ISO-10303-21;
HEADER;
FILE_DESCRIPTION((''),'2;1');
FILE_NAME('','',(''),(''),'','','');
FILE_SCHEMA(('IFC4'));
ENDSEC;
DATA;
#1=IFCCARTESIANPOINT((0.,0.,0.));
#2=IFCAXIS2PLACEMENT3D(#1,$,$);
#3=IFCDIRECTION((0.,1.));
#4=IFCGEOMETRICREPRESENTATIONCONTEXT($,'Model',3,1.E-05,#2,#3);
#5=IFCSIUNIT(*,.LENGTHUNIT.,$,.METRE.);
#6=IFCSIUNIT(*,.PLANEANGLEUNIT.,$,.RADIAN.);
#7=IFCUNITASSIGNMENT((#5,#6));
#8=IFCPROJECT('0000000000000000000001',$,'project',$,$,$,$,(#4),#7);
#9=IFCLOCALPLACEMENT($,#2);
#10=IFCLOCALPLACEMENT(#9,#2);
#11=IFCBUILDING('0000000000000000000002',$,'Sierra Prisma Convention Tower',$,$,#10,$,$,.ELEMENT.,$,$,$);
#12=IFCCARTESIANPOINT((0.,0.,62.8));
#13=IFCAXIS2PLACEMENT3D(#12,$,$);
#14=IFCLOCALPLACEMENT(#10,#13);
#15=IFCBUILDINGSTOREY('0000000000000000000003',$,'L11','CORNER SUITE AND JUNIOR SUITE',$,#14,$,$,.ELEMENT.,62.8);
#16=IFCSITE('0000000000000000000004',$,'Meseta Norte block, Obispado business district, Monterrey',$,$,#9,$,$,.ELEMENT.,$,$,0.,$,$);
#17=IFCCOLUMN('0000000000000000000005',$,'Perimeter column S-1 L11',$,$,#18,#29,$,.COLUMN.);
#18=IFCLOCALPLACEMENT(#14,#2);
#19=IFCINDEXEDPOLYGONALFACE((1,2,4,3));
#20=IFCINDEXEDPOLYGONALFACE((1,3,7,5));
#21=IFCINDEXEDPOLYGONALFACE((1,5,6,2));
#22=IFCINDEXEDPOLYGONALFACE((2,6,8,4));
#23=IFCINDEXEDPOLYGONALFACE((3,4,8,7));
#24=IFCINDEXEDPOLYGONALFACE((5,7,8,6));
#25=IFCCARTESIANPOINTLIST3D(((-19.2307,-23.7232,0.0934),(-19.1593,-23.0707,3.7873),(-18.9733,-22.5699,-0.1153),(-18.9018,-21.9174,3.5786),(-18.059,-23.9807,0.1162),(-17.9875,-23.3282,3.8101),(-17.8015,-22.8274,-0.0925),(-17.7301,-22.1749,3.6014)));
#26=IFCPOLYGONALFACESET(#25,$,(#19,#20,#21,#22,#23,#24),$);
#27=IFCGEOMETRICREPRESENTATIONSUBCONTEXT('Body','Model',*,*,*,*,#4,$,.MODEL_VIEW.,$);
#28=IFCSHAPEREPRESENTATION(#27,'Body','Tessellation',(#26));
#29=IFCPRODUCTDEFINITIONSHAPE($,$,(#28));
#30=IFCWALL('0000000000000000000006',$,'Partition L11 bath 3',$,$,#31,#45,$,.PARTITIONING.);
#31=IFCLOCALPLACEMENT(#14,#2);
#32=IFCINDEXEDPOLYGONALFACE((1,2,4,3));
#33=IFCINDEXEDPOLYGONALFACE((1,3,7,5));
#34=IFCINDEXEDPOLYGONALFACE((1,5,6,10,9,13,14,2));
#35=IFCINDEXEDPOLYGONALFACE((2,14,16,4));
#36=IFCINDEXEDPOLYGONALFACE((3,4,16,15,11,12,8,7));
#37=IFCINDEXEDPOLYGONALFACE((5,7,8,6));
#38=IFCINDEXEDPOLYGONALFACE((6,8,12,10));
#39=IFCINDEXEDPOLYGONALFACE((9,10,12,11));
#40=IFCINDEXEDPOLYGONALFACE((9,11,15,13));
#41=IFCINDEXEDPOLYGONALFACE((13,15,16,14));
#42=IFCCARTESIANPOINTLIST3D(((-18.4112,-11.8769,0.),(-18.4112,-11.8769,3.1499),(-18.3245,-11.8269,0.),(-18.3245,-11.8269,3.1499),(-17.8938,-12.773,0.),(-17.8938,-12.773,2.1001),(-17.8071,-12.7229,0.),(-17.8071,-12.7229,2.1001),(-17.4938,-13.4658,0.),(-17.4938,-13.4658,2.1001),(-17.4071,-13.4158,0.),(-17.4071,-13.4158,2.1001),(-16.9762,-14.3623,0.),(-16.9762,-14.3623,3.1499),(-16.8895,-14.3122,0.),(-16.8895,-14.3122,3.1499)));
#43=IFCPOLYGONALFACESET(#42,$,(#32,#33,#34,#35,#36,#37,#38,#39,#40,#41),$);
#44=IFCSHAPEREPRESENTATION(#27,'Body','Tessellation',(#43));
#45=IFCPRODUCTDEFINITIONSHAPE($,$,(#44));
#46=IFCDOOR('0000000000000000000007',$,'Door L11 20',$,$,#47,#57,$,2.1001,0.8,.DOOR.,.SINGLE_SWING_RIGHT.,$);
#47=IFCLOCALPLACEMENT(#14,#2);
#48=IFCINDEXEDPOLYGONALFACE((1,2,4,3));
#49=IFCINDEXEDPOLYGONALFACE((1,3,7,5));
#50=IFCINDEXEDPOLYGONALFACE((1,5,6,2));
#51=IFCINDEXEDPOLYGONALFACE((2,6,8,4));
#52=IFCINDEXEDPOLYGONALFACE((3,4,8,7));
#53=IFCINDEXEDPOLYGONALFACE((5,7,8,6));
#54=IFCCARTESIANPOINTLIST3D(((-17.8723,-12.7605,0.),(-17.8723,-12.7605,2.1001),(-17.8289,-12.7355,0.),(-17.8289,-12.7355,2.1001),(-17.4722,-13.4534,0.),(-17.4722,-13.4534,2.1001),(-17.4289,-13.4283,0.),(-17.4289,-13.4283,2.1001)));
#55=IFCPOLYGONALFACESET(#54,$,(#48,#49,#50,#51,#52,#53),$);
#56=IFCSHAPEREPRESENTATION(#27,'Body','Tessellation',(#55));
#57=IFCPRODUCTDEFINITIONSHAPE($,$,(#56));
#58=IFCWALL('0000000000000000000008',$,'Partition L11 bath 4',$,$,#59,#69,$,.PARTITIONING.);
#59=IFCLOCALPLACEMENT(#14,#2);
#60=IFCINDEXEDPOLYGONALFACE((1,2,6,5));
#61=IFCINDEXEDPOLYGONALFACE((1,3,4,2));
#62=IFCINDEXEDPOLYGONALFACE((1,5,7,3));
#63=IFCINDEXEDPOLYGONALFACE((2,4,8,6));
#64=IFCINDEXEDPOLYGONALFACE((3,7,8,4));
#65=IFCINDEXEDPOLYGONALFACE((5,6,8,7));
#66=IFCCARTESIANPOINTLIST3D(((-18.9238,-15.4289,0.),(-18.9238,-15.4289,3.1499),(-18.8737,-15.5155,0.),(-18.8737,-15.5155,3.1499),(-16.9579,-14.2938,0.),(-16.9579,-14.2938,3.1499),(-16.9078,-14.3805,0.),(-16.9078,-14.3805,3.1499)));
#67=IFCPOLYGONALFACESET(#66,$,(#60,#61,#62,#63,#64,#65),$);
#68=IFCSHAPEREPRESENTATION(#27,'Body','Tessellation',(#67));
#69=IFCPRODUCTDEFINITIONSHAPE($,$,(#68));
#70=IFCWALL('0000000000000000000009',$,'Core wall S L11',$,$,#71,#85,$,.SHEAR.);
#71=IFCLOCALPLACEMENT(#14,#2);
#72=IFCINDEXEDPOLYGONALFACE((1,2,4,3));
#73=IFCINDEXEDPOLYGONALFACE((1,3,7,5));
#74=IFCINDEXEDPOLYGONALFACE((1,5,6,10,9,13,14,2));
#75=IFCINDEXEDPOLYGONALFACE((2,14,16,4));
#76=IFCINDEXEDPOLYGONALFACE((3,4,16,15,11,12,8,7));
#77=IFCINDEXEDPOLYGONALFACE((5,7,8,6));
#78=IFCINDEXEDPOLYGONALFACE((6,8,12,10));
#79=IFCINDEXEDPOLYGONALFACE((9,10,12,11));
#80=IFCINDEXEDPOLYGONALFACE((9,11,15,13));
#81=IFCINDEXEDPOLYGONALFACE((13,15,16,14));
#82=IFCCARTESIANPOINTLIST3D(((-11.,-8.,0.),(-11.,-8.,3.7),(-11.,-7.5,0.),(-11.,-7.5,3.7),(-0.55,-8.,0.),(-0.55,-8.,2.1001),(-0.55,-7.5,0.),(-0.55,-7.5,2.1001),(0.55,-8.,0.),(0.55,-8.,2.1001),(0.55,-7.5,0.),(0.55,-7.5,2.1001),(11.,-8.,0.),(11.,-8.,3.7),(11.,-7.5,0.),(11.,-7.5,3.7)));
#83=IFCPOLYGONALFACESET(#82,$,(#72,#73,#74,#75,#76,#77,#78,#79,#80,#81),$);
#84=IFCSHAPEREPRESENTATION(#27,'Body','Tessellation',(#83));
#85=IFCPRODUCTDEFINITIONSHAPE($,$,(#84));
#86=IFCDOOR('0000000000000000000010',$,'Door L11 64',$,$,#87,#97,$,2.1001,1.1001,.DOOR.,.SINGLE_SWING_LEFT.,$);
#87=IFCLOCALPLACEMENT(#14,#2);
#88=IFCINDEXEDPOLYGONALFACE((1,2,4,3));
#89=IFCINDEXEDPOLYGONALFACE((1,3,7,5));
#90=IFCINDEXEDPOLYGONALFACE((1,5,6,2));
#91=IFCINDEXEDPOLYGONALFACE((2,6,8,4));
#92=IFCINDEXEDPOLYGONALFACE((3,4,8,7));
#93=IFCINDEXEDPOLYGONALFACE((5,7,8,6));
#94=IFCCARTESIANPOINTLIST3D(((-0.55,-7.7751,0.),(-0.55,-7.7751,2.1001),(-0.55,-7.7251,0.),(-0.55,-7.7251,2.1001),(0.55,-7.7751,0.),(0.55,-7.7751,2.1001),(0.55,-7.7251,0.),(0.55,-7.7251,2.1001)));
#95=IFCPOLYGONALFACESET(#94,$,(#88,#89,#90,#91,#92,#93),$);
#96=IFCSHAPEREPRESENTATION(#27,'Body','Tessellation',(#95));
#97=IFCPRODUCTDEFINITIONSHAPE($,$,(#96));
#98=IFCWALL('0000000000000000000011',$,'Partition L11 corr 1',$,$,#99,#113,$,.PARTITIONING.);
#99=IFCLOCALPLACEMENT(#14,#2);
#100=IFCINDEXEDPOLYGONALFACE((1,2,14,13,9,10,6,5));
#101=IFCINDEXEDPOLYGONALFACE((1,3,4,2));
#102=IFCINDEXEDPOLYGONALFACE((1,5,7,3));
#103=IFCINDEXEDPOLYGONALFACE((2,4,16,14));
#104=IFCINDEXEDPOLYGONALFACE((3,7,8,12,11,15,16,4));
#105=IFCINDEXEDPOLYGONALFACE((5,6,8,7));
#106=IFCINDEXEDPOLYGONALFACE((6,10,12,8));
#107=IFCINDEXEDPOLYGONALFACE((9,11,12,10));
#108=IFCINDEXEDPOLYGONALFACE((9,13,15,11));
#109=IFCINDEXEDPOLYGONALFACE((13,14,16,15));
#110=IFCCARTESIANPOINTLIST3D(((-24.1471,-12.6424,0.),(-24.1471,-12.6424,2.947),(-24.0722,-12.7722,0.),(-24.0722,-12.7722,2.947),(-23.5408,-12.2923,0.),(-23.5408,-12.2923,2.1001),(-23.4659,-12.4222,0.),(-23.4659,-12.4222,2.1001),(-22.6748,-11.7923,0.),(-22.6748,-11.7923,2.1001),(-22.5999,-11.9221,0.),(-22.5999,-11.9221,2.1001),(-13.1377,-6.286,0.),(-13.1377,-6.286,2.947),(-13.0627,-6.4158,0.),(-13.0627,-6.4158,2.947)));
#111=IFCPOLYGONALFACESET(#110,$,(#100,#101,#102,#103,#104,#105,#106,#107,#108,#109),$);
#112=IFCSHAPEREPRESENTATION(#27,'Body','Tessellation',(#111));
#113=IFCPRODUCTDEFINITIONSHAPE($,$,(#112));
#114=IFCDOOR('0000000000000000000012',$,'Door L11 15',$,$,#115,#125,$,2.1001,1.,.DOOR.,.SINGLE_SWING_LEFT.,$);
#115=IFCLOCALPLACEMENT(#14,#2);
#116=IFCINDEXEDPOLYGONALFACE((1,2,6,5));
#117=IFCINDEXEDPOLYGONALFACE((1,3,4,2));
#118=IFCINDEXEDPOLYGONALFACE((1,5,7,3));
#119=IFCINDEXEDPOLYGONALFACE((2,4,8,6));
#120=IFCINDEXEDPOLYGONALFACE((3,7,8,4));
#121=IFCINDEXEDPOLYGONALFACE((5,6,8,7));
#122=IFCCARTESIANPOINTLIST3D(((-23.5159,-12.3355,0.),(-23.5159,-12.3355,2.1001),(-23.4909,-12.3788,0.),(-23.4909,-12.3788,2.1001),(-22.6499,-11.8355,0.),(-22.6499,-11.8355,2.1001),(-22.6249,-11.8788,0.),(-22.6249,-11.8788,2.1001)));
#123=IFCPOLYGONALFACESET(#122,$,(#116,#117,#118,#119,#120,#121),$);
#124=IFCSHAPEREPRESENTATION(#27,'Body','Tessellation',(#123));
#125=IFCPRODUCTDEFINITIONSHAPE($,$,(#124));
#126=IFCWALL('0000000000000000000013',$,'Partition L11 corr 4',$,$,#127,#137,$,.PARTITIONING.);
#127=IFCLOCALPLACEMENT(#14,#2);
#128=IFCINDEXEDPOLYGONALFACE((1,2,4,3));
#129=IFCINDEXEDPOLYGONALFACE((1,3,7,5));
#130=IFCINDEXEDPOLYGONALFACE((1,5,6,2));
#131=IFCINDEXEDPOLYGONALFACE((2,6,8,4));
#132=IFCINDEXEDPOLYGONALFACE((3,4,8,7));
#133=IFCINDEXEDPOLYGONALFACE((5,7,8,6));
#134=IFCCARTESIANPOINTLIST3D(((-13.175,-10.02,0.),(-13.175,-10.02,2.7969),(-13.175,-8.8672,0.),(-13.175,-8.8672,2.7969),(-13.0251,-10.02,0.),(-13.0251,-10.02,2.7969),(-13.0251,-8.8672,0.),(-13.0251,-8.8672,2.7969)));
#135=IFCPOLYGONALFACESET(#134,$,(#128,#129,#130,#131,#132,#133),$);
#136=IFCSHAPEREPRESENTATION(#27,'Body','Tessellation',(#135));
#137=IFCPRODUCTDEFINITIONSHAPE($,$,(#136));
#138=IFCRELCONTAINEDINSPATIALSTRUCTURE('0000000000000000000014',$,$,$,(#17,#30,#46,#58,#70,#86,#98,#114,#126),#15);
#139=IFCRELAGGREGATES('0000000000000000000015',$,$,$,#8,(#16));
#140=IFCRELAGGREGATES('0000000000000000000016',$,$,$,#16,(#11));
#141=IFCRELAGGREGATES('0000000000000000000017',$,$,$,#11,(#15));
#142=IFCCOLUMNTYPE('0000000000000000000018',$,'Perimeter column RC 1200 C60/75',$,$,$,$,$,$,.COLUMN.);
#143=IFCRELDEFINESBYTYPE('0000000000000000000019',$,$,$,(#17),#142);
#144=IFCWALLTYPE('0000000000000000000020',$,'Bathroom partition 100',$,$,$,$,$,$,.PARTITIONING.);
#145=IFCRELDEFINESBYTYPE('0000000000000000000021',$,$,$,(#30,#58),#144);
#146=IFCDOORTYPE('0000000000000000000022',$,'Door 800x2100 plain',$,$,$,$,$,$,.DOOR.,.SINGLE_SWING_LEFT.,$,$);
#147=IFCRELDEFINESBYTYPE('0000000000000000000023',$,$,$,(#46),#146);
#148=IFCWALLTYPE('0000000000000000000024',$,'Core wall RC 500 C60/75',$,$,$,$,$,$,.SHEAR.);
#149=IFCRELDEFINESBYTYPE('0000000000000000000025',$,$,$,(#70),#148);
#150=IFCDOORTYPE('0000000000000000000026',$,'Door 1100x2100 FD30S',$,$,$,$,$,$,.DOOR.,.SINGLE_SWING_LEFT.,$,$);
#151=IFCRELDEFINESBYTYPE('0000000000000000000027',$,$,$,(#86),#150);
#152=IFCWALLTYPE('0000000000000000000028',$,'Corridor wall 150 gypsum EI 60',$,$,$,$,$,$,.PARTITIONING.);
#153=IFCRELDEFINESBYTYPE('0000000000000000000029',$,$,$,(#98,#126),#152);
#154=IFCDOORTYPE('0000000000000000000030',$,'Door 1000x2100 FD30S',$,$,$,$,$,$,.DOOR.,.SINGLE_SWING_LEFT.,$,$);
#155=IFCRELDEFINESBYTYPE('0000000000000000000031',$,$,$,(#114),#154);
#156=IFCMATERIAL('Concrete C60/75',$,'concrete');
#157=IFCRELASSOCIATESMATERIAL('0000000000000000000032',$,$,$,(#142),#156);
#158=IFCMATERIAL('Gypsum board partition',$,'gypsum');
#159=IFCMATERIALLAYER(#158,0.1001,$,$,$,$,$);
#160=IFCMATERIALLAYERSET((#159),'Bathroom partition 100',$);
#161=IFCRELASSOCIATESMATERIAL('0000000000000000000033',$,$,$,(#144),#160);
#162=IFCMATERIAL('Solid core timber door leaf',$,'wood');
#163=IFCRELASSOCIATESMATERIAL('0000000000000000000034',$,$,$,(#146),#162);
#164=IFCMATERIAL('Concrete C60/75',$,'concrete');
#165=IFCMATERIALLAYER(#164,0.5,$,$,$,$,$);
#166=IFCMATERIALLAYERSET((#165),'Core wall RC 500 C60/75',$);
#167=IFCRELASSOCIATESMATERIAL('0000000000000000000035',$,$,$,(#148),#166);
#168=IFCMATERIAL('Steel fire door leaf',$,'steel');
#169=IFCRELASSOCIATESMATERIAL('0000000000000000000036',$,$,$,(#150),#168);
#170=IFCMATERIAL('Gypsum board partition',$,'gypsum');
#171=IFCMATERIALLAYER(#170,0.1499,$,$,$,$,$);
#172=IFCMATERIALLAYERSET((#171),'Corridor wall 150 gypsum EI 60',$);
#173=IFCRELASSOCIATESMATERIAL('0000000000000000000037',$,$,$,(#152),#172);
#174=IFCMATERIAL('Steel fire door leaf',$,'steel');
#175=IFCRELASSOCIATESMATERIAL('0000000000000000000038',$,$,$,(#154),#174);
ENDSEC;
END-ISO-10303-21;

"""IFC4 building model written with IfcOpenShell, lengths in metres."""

from ifc_helpers import new_model, si_unit, direction, frame, frame_2d, origin, origin_2d, place, context, subcontext, project, spatial, rectangle, extrude, clip, halfspace, material, layer, layer_set, material_profile, profile_set, type_object, element, fill, save


model = new_model("IFC4")

# Units and contexts
model_context = context("Model", 3, precision=1e-05, world=origin(), true_north=direction((0.0, 1.0)))
body_context = subcontext(model_context, "Body", "Model", "MODEL_VIEW")
ifc_project = project(units=[si_unit("LENGTHUNIT", "METRE"), si_unit("PLANEANGLEUNIT", "RADIAN")], contexts=[model_context])

# Site, building, storey
site_placement = place(None, origin())
site = spatial("IfcSite", under=ifc_project, at=site_placement, Name="Meseta Norte block, Obispado business district, Monterrey", CompositionType="ELEMENT", RefElevation=0.0)
building_placement = place(site_placement, origin())
building = spatial("IfcBuilding", under=site, at=building_placement, Name="Sierra Prisma Convention Tower", CompositionType="ELEMENT")
storey_placement = place(building_placement, frame((0.0, 0.0, 62.8)))
storey = spatial("IfcBuildingStorey", under=building, at=storey_placement, Name="L11", Description="CORNER SUITE AND JUNIOR SUITE", CompositionType="ELEMENT", Elevation=62.8)

# Column
ifc_material_1 = material(Name="Concrete C60/75", Category="concrete")
ifc_material_profile = material_profile(ifc_material_1, rectangle(XDim=1.2, YDim=1.2, at=origin_2d()), Name="Perimeter column RC 1200 C60/75")
ifc_profile_set = profile_set([ifc_material_profile], Name="Concrete C60/75")
column_type = type_object("IfcColumnType", Name="Perimeter column RC 1200 C60/75", PredefinedType="COLUMN", material=ifc_profile_set)
column_placement = place(storey_placement, frame((-18.5161, -23.2754, 0.0), z_axis=(0.019035, 0.173917, 0.984576), x_axis=(-0.976522, 0.214578, -0.019024)))
element("IfcColumn", 1, at=column_placement, inside=storey, type_object=column_type, Name="Perimeter column S-1 L11", PredefinedType="COLUMN", context=body_context, shape_type="SweptSolid", body=[
    clip(clip(extrude(rectangle(XDim=1.2, YDim=1.2, at=origin_2d()), origin(), (0.0, 0.0, 1.0), 3.7578), halfspace(frame((0.0, 0.0, 0.0005)), True)), halfspace(frame((0.0, 0.0, 3.7522)), False)),
])

# Wall, opening, door
ifc_material_2 = material(Name="Gypsum board partition", Category="gypsum")
ifc_layer_1 = layer(ifc_material_2, 0.1001)
ifc_layer_set_1 = layer_set([ifc_layer_1], Name="Bathroom partition 100")
wall_type_1 = type_object("IfcWallType", Name="Bathroom partition 100", PredefinedType="PARTITIONING", material=ifc_layer_set_1)
wall_1_placement = place(storey_placement, frame((-18.3679, -11.8518, 0.0), z_axis=(0.0, 0.0, 1.0), x_axis=(0.500037, -0.866004, 0.0)))
wall_1 = element("IfcWall", 2, at=wall_1_placement, inside=storey, type_object=wall_type_1, Name="Partition L11 bath 3", PredefinedType="PARTITIONING", context=body_context, shape_type="SweptSolid", body=[
    extrude(rectangle(XDim=2.8699, YDim=0.1001, at=frame_2d((1.4351, 0.0))), origin(), (0.0, 0.0, 1.0), 3.1499),
])
opening_1_placement = place(wall_1_placement, frame((1.0349, 0.0, 0.0)))
opening_1 = element("IfcOpeningElement", 3, at=opening_1_placement, cuts=wall_1, PredefinedType="OPENING", context=body_context, shape_type="SweptSolid", body=[
    extrude(rectangle(XDim=0.8, YDim=2.1001, at=frame_2d((0.3999, 1.05))), frame((0.0, 0.05, 0.0), z_axis=(0.0, -1.0, 0.0), x_axis=(1.0, 0.0, 0.0)), (0.0, 0.0, 1.0), 0.1001),
])
ifc_material_3 = material(Name="Solid core timber door leaf", Category="wood")
door_type_1 = type_object("IfcDoorType", Name="Door 800x2100 plain", OperationType="SINGLE_SWING_LEFT", PredefinedType="DOOR", material=ifc_material_3)
door_1_placement = place(opening_1_placement, origin())
door_1 = element("IfcDoor", 4, at=door_1_placement, inside=storey, type_object=door_type_1, Name="Door L11 20", OperationType="SINGLE_SWING_RIGHT", OverallHeight=2.1001, OverallWidth=0.8, PredefinedType="DOOR", context=body_context, shape_type="SweptSolid", body=[
    extrude(rectangle(XDim=0.8, YDim=2.1001, at=frame_2d((0.3999, 1.05))), frame((0.0, 0.0249, 0.0), z_axis=(0.0, -1.0, 0.0), x_axis=(1.0, 0.0, 0.0)), (0.0, 0.0, 1.0), 0.05),
])
fill(opening_1, door_1)

# Wall
wall_2_placement = place(storey_placement, frame((-16.9329, -14.3372, 0.0), z_axis=(0.0, 0.0, 1.0), x_axis=(-0.866017, -0.500014, 0.0)))
element("IfcWall", 5, at=wall_2_placement, inside=storey, type_object=wall_type_1, Name="Partition L11 bath 4", PredefinedType="PARTITIONING", context=body_context, shape_type="SweptSolid", body=[
    extrude(rectangle(XDim=2.27, YDim=0.1001, at=frame_2d((1.135, 0.0))), origin(), (0.0, 0.0, 1.0), 3.1499),
])

# Walls, openings, doors
ifc_material_4 = material(Name="Concrete C60/75", Category="concrete")
ifc_layer_2 = layer(ifc_material_4, 0.5)
ifc_layer_set_2 = layer_set([ifc_layer_2], Name="Core wall RC 500 C60/75")
wall_type_2 = type_object("IfcWallType", Name="Core wall RC 500 C60/75", PredefinedType="SHEAR", material=ifc_layer_set_2)
wall_3_placement = place(storey_placement, frame((-11.0, -7.75, 0.0), z_axis=(0.0, 0.0, 1.0), x_axis=(1.0, 0.0, 0.0)))
wall_3 = element("IfcWall", 6, at=wall_3_placement, inside=storey, type_object=wall_type_2, Name="Core wall S L11", PredefinedType="SHEAR", context=body_context, shape_type="SweptSolid", body=[
    extrude(rectangle(XDim=22.0, YDim=0.5, at=frame_2d((11.0, 0.0))), origin(), (0.0, 0.0, 1.0), 3.7),
])
opening_2_placement = place(wall_3_placement, frame((10.45, 0.0, 0.0)))
opening_2 = element("IfcOpeningElement", 7, at=opening_2_placement, cuts=wall_3, PredefinedType="OPENING", context=body_context, shape_type="SweptSolid", body=[
    extrude(rectangle(XDim=1.1001, YDim=2.1001, at=frame_2d((0.55, 1.05))), frame((0.0, 0.25, 0.0), z_axis=(0.0, -1.0, 0.0), x_axis=(1.0, 0.0, 0.0)), (0.0, 0.0, 1.0), 0.5),
])
ifc_material_5 = material(Name="Steel fire door leaf", Category="steel")
door_type_2 = type_object("IfcDoorType", Name="Door 1100x2100 FD30S", OperationType="SINGLE_SWING_LEFT", PredefinedType="DOOR", material=ifc_material_5)
door_2_placement = place(opening_2_placement, origin())
door_2 = element("IfcDoor", 8, at=door_2_placement, inside=storey, type_object=door_type_2, Name="Door L11 64", OperationType="SINGLE_SWING_LEFT", OverallHeight=2.1001, OverallWidth=1.1001, PredefinedType="DOOR", context=body_context, shape_type="SweptSolid", body=[
    extrude(rectangle(XDim=1.1001, YDim=2.1001, at=frame_2d((0.55, 1.05))), frame((0.0, 0.0249, 0.0), z_axis=(0.0, -1.0, 0.0), x_axis=(1.0, 0.0, 0.0)), (0.0, 0.0, 1.0), 0.05),
])
fill(opening_2, door_2)
ifc_material_6 = material(Name="Gypsum board partition", Category="gypsum")
ifc_layer_3 = layer(ifc_material_6, 0.1499)
ifc_layer_set_3 = layer_set([ifc_layer_3], Name="Corridor wall 150 gypsum EI 60")
wall_type_3 = type_object("IfcWallType", Name="Corridor wall 150 gypsum EI 60", PredefinedType="PARTITIONING", material=ifc_layer_set_3)
wall_4_placement = place(storey_placement, frame((-13.1001, -6.3508, 0.0), z_axis=(0.0, 0.0, 1.0), x_axis=(-0.866022, -0.500006, 0.0)))
wall_4 = element("IfcWall", 9, at=wall_4_placement, inside=storey, type_object=wall_type_3, Name="Partition L11 corr 1", PredefinedType="PARTITIONING", context=body_context, shape_type="SweptSolid", body=[
    extrude(rectangle(XDim=12.7126, YDim=0.1499, at=frame_2d((6.3564, 0.0))), origin(), (0.0, 0.0, 1.0), 2.947),
])
opening_3_placement = place(wall_4_placement, frame((11.0127, 0.0, 0.0)))
opening_3 = element("IfcOpeningElement", 10, at=opening_3_placement, cuts=wall_4, PredefinedType="OPENING", context=body_context, shape_type="SweptSolid", body=[
    extrude(rectangle(XDim=1.0, YDim=2.1001, at=frame_2d((0.5, 1.05))), frame((0.0, 0.075, 0.0), z_axis=(0.0, -1.0, 0.0), x_axis=(1.0, 0.0, 0.0)), (0.0, 0.0, 1.0), 0.1499),
])
ifc_material_7 = material(Name="Steel fire door leaf", Category="steel")
door_type_3 = type_object("IfcDoorType", Name="Door 1000x2100 FD30S", OperationType="SINGLE_SWING_LEFT", PredefinedType="DOOR", material=ifc_material_7)
door_3_placement = place(opening_3_placement, origin())
door_3 = element("IfcDoor", 11, at=door_3_placement, inside=storey, type_object=door_type_3, Name="Door L11 15", OperationType="SINGLE_SWING_LEFT", OverallHeight=2.1001, OverallWidth=1.0, PredefinedType="DOOR", context=body_context, shape_type="SweptSolid", body=[
    extrude(rectangle(XDim=1.0, YDim=2.1001, at=frame_2d((0.5, 1.05))), frame((0.0, 0.0249, 0.0), z_axis=(0.0, -1.0, 0.0), x_axis=(1.0, 0.0, 0.0)), (0.0, 0.0, 1.0), 0.05),
])
fill(opening_3, door_3)

# Wall
wall_5_placement = place(storey_placement, frame((-13.1001, -8.8672, 0.0), z_axis=(0.0, 0.0, 1.0), x_axis=(0.0, -1.0, 0.0)))
element("IfcWall", 12, at=wall_5_placement, inside=storey, type_object=wall_type_3, Name="Partition L11 corr 4", PredefinedType="PARTITIONING", context=body_context, shape_type="SweptSolid", body=[
    extrude(rectangle(XDim=1.1528, YDim=0.1499, at=frame_2d((0.5764, 0.0))), origin(), (0.0, 0.0, 1.0), 2.7969),
])

save(model, "model.ifc")
